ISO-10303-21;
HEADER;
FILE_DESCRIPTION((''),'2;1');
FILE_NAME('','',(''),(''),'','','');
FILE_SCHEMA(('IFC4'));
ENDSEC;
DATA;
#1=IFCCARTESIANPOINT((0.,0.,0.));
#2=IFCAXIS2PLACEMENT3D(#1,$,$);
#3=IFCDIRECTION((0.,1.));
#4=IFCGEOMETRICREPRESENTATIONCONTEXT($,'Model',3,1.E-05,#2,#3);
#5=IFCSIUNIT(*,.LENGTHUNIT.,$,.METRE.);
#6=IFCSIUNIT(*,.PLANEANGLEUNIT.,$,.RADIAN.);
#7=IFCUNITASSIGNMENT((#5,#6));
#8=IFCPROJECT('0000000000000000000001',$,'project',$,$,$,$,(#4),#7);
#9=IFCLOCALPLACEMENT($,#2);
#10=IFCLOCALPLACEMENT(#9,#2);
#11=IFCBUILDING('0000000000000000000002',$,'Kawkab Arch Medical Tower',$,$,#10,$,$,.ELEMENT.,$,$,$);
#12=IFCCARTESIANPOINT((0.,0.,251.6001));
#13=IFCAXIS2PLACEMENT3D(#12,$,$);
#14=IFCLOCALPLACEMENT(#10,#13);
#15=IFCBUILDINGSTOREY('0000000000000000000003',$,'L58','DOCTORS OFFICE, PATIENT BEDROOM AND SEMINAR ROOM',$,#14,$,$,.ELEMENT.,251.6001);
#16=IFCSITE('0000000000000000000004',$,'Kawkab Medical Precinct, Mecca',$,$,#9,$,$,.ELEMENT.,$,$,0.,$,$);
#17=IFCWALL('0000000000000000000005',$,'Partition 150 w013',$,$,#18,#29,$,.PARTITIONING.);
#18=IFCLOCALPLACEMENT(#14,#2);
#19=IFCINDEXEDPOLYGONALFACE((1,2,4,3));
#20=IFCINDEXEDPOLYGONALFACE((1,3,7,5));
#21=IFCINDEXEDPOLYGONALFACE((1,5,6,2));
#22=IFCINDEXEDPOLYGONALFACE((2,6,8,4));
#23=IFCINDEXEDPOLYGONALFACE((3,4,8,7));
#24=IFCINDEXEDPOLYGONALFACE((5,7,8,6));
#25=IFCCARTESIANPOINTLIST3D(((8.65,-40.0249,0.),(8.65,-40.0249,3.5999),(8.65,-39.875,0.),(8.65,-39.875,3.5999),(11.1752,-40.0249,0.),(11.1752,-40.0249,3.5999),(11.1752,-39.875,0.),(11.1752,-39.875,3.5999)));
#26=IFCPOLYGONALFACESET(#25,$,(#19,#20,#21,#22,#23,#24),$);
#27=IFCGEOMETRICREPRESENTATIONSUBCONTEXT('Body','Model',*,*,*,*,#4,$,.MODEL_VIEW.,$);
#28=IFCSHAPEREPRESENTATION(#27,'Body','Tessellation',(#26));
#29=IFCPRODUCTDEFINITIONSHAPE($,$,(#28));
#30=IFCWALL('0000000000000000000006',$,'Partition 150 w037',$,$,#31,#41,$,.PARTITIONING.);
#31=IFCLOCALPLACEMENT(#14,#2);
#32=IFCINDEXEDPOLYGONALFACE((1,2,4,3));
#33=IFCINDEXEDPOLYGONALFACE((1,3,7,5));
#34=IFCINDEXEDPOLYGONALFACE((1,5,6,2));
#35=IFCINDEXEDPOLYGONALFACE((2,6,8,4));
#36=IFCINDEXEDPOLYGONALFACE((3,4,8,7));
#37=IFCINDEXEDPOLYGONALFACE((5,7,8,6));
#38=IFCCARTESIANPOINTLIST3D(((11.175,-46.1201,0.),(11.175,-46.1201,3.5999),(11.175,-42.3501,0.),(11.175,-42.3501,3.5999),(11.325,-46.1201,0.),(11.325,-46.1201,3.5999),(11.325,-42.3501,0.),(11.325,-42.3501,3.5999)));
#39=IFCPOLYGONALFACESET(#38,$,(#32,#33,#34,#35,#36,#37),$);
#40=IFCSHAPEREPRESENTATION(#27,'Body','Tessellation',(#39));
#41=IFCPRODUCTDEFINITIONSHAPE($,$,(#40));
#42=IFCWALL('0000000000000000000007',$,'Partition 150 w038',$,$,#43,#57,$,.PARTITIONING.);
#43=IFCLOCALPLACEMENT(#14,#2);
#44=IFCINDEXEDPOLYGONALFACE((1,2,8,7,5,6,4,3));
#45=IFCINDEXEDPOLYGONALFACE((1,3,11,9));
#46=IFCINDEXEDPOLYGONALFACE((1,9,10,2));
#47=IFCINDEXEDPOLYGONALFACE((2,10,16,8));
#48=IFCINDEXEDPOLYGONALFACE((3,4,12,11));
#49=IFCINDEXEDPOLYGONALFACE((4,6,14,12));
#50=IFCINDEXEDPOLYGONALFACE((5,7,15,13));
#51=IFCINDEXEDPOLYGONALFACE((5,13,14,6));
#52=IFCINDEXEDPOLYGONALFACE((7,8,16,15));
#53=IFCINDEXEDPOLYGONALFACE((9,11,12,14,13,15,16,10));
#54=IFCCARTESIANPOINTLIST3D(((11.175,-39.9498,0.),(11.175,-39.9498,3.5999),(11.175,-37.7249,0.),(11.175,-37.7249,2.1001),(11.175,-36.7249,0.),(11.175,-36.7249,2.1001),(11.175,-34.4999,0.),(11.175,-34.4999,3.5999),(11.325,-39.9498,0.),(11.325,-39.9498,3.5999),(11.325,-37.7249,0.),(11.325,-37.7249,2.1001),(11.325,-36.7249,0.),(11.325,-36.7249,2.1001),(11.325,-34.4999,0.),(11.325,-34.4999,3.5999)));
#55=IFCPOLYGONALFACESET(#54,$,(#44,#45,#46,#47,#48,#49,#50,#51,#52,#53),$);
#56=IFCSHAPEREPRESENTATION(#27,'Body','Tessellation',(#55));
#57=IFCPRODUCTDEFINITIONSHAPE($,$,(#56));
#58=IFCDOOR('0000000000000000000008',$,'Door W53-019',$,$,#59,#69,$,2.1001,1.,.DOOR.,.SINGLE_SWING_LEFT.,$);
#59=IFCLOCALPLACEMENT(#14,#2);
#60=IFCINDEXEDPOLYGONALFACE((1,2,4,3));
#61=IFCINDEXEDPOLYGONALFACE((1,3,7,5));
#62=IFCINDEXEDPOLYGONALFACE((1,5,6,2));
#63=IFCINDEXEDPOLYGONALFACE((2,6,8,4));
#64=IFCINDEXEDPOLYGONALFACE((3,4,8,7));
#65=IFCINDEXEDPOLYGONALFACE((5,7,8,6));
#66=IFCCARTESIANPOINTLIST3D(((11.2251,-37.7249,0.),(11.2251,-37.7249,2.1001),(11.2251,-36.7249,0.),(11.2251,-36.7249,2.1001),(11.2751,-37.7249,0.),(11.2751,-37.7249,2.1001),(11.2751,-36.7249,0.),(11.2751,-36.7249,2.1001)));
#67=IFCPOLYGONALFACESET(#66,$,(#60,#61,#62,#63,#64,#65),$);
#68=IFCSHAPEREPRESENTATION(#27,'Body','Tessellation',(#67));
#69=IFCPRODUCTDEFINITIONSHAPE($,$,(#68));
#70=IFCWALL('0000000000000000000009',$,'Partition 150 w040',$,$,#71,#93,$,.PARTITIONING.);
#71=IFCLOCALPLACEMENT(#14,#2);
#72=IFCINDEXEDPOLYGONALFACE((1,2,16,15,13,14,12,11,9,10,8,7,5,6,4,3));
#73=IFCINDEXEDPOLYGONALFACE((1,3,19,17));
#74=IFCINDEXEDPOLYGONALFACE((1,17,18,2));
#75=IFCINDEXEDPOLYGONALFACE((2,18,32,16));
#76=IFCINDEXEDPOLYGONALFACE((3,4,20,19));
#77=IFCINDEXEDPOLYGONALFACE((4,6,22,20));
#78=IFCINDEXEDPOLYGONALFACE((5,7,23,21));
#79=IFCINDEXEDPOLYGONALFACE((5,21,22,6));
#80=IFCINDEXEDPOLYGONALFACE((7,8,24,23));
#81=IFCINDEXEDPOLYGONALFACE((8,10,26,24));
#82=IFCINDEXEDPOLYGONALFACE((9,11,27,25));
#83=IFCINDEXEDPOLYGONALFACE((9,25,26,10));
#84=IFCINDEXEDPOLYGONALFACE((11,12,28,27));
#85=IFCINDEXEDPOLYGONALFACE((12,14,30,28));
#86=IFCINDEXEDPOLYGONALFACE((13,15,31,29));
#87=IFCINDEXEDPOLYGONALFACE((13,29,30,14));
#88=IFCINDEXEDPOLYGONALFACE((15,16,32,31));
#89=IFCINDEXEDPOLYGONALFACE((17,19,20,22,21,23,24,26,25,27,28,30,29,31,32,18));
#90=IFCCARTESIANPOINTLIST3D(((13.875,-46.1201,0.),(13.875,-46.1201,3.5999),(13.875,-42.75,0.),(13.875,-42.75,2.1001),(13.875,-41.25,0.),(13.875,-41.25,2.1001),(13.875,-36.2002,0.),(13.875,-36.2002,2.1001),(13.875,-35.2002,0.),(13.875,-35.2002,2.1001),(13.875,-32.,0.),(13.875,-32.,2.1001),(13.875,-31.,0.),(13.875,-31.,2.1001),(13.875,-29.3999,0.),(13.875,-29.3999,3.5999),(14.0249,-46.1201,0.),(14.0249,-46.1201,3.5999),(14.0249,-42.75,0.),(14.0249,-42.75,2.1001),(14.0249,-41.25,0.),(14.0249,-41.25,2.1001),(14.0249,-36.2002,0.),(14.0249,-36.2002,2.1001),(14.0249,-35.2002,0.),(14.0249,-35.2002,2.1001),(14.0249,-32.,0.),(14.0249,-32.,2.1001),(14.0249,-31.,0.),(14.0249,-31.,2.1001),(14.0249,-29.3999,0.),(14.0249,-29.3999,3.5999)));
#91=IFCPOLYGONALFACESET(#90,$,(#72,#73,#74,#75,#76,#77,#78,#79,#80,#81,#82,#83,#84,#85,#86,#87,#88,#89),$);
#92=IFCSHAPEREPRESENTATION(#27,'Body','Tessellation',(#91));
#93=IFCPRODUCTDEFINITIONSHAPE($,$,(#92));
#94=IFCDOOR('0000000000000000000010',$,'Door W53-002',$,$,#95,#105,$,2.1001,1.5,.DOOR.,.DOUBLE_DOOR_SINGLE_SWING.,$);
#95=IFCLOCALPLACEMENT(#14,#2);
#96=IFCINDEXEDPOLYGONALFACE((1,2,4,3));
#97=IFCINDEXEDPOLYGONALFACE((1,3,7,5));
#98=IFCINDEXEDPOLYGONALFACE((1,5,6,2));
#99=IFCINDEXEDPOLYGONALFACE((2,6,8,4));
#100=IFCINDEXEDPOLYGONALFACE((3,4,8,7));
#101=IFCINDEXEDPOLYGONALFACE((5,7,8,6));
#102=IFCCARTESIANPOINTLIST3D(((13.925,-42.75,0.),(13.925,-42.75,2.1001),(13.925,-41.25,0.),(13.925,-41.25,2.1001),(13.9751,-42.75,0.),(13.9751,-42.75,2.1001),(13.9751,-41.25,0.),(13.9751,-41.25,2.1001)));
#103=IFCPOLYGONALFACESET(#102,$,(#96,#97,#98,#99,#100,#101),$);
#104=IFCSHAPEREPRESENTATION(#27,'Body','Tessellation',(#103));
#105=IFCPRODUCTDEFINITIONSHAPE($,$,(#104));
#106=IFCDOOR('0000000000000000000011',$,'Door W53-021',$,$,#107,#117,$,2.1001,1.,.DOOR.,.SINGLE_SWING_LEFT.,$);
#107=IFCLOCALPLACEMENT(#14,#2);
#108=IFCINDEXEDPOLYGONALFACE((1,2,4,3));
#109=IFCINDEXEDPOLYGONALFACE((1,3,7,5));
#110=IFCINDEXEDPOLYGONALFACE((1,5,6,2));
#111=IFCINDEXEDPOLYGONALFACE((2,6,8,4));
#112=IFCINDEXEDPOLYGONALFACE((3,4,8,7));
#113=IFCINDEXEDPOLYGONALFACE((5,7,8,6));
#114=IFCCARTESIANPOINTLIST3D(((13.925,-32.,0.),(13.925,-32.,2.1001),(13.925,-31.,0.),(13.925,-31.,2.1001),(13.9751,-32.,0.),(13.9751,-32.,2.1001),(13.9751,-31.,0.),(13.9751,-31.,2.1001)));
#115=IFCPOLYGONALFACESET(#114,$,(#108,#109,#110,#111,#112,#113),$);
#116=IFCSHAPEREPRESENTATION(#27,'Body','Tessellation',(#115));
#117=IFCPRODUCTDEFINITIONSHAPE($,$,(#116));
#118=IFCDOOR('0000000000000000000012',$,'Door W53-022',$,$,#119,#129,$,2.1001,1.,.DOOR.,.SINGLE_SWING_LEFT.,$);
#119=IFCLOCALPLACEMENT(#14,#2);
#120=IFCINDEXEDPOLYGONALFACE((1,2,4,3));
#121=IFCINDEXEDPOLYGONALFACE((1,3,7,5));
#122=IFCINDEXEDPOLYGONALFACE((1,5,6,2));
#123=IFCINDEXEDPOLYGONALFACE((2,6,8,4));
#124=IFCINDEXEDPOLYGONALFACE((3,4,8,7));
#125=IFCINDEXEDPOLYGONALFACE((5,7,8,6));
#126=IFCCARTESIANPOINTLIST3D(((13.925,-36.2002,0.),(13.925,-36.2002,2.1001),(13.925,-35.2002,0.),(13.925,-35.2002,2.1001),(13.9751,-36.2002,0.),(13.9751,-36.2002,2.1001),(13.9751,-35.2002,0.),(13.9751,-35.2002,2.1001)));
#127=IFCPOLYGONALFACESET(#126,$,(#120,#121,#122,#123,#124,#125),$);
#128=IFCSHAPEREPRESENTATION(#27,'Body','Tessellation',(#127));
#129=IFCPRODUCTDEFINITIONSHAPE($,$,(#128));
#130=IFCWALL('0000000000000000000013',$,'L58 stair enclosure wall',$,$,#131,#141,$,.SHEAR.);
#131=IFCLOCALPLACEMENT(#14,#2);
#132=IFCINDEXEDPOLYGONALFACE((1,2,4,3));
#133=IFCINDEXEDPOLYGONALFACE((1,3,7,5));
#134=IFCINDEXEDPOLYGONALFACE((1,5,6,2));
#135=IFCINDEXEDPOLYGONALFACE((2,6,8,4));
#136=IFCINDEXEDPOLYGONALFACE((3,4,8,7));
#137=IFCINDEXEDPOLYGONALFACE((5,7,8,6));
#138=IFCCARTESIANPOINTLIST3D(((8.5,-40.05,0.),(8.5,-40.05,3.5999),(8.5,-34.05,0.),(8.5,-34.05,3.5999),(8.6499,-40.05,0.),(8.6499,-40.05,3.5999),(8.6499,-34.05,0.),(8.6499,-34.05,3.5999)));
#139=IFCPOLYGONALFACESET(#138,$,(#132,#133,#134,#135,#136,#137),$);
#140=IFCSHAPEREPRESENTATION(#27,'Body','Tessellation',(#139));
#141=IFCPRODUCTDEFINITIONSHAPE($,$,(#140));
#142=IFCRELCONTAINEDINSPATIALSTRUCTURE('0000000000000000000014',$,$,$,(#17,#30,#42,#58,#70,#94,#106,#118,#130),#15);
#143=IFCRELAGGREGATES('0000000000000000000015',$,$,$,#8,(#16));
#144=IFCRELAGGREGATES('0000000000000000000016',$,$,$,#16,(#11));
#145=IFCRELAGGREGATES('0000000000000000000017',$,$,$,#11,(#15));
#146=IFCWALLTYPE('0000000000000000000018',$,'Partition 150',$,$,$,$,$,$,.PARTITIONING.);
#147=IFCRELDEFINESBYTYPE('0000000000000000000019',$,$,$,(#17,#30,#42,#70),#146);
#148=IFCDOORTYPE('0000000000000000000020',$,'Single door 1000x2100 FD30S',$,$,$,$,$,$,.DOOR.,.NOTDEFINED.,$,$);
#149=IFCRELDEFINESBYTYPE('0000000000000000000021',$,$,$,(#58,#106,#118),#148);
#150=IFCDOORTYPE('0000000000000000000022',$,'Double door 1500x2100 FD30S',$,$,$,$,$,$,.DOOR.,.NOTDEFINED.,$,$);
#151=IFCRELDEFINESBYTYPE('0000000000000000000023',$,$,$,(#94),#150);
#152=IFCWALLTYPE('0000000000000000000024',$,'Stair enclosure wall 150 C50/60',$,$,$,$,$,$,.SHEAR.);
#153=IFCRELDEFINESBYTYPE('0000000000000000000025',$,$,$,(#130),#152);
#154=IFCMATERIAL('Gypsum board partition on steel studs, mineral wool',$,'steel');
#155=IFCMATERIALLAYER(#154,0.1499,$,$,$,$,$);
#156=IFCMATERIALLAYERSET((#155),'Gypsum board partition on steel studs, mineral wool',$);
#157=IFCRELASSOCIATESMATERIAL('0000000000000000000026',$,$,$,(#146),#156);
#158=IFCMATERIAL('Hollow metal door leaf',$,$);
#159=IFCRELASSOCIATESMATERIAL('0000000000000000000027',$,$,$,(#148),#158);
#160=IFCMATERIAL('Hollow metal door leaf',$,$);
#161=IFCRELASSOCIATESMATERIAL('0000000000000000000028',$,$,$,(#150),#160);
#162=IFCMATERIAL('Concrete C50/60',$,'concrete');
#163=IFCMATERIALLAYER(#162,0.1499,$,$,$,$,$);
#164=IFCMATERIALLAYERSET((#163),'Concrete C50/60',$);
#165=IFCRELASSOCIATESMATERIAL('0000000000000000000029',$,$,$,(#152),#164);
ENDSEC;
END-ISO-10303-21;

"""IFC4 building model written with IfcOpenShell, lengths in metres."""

from ifc_helpers import new_model, si_unit, direction, frame, frame_2d, origin, place, context, subcontext, project, spatial, rectangle, extrude, material, layer, layer_set, type_object, element, fill, save


model = new_model("IFC4")

# Units and contexts
model_context = context("Model", 3, precision=1e-05, world=origin(), true_north=direction((0.0, 1.0)))
body_context = subcontext(model_context, "Body", "Model", "MODEL_VIEW")
ifc_project = project(units=[si_unit("LENGTHUNIT", "METRE"), si_unit("PLANEANGLEUNIT", "RADIAN")], contexts=[model_context])

# Site, building, storey
site_placement = place(None, origin())
site = spatial("IfcSite", under=ifc_project, at=site_placement, Name="Kawkab Medical Precinct, Mecca", CompositionType="ELEMENT", RefElevation=0.0)
building_placement = place(site_placement, origin())
building = spatial("IfcBuilding", under=site, at=building_placement, Name="Kawkab Arch Medical Tower", CompositionType="ELEMENT")
storey_placement = place(building_placement, frame((0.0, 0.0, 251.6001)))
storey = spatial("IfcBuildingStorey", under=building, at=storey_placement, Name="L58", Description="DOCTORS OFFICE, PATIENT BEDROOM AND SEMINAR ROOM", CompositionType="ELEMENT", Elevation=251.6001)

# Walls
ifc_material_1 = material(Name="Gypsum board partition on steel studs, mineral wool", Category="steel")
ifc_layer_1 = layer(ifc_material_1, 0.1499)
ifc_layer_set_1 = layer_set([ifc_layer_1], Name="Gypsum board partition on steel studs, mineral wool")
wall_type_1 = type_object("IfcWallType", Name="Partition 150", PredefinedType="PARTITIONING", material=ifc_layer_set_1)
wall_1_placement = place(storey_placement, frame((8.6499, -39.95, 0.0), z_axis=(0.0, 0.0, 1.0), x_axis=(1.0, 0.0, 0.0)))
element("IfcWall", 1, at=wall_1_placement, inside=storey, type_object=wall_type_1, Name="Partition 150 w013", PredefinedType="PARTITIONING", context=body_context, shape_type="SweptSolid", body=[
    extrude(rectangle(XDim=2.5251, YDim=0.1499, at=frame_2d((1.2627, 0.0))), origin(), (0.0, 0.0, 1.0), 3.5999),
])
wall_2_placement = place(storey_placement, frame((11.25, -46.1201, 0.0), z_axis=(0.0, 0.0, 1.0), x_axis=(0.0, 1.0, 0.0)))
element("IfcWall", 2, at=wall_2_placement, inside=storey, type_object=wall_type_1, Name="Partition 150 w037", PredefinedType="PARTITIONING", context=body_context, shape_type="SweptSolid", body=[
    extrude(rectangle(XDim=3.77, YDim=0.1499, at=frame_2d((1.885, 0.0))), origin(), (0.0, 0.0, 1.0), 3.5999),
])

# Wall, opening, door
wall_3_placement = place(storey_placement, frame((11.25, -39.95, 0.0), z_axis=(0.0, 0.0, 1.0), x_axis=(0.0, 1.0, 0.0)))
wall_3 = element("IfcWall", 3, at=wall_3_placement, inside=storey, type_object=wall_type_1, Name="Partition 150 w038", PredefinedType="PARTITIONING", context=body_context, shape_type="SweptSolid", body=[
    extrude(rectangle(XDim=5.45, YDim=0.1499, at=frame_2d((2.7251, 0.0))), origin(), (0.0, 0.0, 1.0), 3.5999),
])
opening_1_placement = place(wall_3_placement, frame((2.2251, 0.0, 0.0)))
opening_1 = element("IfcOpeningElement", 4, at=opening_1_placement, cuts=wall_3, PredefinedType="OPENING", context=body_context, shape_type="SweptSolid", body=[
    extrude(rectangle(XDim=1.0, YDim=2.1001, at=frame_2d((0.5, 1.05))), frame((0.0, 0.085, 0.0), z_axis=(0.0, -1.0, 0.0), x_axis=(1.0, 0.0, 0.0)), (0.0, 0.0, 1.0), 0.1699),
])
ifc_material_2 = material(Name="Hollow metal door leaf")
door_type_1 = type_object("IfcDoorType", Name="Single door 1000x2100 FD30S", OperationType="NOTDEFINED", PredefinedType="DOOR", material=ifc_material_2)
door_1_placement = place(opening_1_placement, origin())
door_1 = element("IfcDoor", 5, at=door_1_placement, inside=storey, type_object=door_type_1, Name="Door W53-019", OperationType="SINGLE_SWING_LEFT", OverallHeight=2.1001, OverallWidth=1.0, PredefinedType="DOOR", context=body_context, shape_type="SweptSolid", body=[
    extrude(rectangle(XDim=1.0, YDim=2.1001, at=frame_2d((0.5, 1.05))), frame((0.0, 0.0249, 0.0), z_axis=(0.0, -1.0, 0.0), x_axis=(1.0, 0.0, 0.0)), (0.0, 0.0, 1.0), 0.05),
])
fill(opening_1, door_1)

# Wall, openings, doors
wall_4_placement = place(storey_placement, frame((13.95, -46.1201, 0.0), z_axis=(0.0, 0.0, 1.0), x_axis=(0.0, 1.0, 0.0)))
wall_4 = element("IfcWall", 6, at=wall_4_placement, inside=storey, type_object=wall_type_1, Name="Partition 150 w040", PredefinedType="PARTITIONING", context=body_context, shape_type="SweptSolid", body=[
    extrude(rectangle(XDim=16.7202, YDim=0.1499, at=frame_2d((8.3601, 0.0))), origin(), (0.0, 0.0, 1.0), 3.5999),
])
opening_2_placement = place(wall_4_placement, frame((14.1201, 0.0, 0.0)))
opening_2 = element("IfcOpeningElement", 7, at=opening_2_placement, cuts=wall_4, PredefinedType="OPENING", context=body_context, shape_type="SweptSolid", body=[
    extrude(rectangle(XDim=1.0, YDim=2.1001, at=frame_2d((0.5, 1.05))), frame((0.0, 0.085, 0.0), z_axis=(0.0, -1.0, 0.0), x_axis=(1.0, 0.0, 0.0)), (0.0, 0.0, 1.0), 0.1699),
])
opening_3_placement = place(wall_4_placement, frame((9.9199, 0.0, 0.0)))
opening_3 = element("IfcOpeningElement", 8, at=opening_3_placement, cuts=wall_4, PredefinedType="OPENING", context=body_context, shape_type="SweptSolid", body=[
    extrude(rectangle(XDim=1.0, YDim=2.1001, at=frame_2d((0.5, 1.05))), frame((0.0, 0.085, 0.0), z_axis=(0.0, -1.0, 0.0), x_axis=(1.0, 0.0, 0.0)), (0.0, 0.0, 1.0), 0.1699),
])
opening_4_placement = place(wall_4_placement, frame((3.3701, 0.0, 0.0)))
opening_4 = element("IfcOpeningElement", 9, at=opening_4_placement, cuts=wall_4, PredefinedType="OPENING", context=body_context, shape_type="SweptSolid", body=[
    extrude(rectangle(XDim=1.5, YDim=2.1001, at=frame_2d((0.75, 1.05))), frame((0.0, 0.085, 0.0), z_axis=(0.0, -1.0, 0.0), x_axis=(1.0, 0.0, 0.0)), (0.0, 0.0, 1.0), 0.1699),
])
ifc_material_3 = material(Name="Hollow metal door leaf")
door_type_2 = type_object("IfcDoorType", Name="Double door 1500x2100 FD30S", OperationType="NOTDEFINED", PredefinedType="DOOR", material=ifc_material_3)
door_2_placement = place(opening_4_placement, origin())
door_2 = element("IfcDoor", 10, at=door_2_placement, inside=storey, type_object=door_type_2, Name="Door W53-002", OperationType="DOUBLE_DOOR_SINGLE_SWING", OverallHeight=2.1001, OverallWidth=1.5, PredefinedType="DOOR", context=body_context, shape_type="SweptSolid", body=[
    extrude(rectangle(XDim=1.5, YDim=2.1001, at=frame_2d((0.75, 1.05))), frame((0.0, 0.0249, 0.0), z_axis=(0.0, -1.0, 0.0), x_axis=(1.0, 0.0, 0.0)), (0.0, 0.0, 1.0), 0.05),
])
fill(opening_4, door_2)
door_3_placement = place(opening_2_placement, origin())
door_3 = element("IfcDoor", 11, at=door_3_placement, inside=storey, type_object=door_type_1, Name="Door W53-021", OperationType="SINGLE_SWING_LEFT", OverallHeight=2.1001, OverallWidth=1.0, PredefinedType="DOOR", context=body_context, shape_type="SweptSolid", body=[
    extrude(rectangle(XDim=1.0, YDim=2.1001, at=frame_2d((0.5, 1.05))), frame((0.0, 0.0249, 0.0), z_axis=(0.0, -1.0, 0.0), x_axis=(1.0, 0.0, 0.0)), (0.0, 0.0, 1.0), 0.05),
])
fill(opening_2, door_3)
door_4_placement = place(opening_3_placement, origin())
door_4 = element("IfcDoor", 12, at=door_4_placement, inside=storey, type_object=door_type_1, Name="Door W53-022", OperationType="SINGLE_SWING_LEFT", OverallHeight=2.1001, OverallWidth=1.0, PredefinedType="DOOR", context=body_context, shape_type="SweptSolid", body=[
    extrude(rectangle(XDim=1.0, YDim=2.1001, at=frame_2d((0.5, 1.05))), frame((0.0, 0.0249, 0.0), z_axis=(0.0, -1.0, 0.0), x_axis=(1.0, 0.0, 0.0)), (0.0, 0.0, 1.0), 0.05),
])
fill(opening_3, door_4)

# Wall
ifc_material_4 = material(Name="Concrete C50/60", Category="concrete")
ifc_layer_2 = layer(ifc_material_4, 0.1499)
ifc_layer_set_2 = layer_set([ifc_layer_2], Name="Concrete C50/60")
wall_type_2 = type_object("IfcWallType", Name="Stair enclosure wall 150 C50/60", PredefinedType="SHEAR", material=ifc_layer_set_2)
wall_5_placement = place(storey_placement, frame((8.575, -40.05, 0.0), z_axis=(0.0, 0.0, 1.0), x_axis=(0.0, 1.0, 0.0)))
element("IfcWall", 13, at=wall_5_placement, inside=storey, type_object=wall_type_2, Name="L58 stair enclosure wall", PredefinedType="SHEAR", context=body_context, shape_type="SweptSolid", body=[
    extrude(rectangle(XDim=6.0, YDim=0.1499, at=frame_2d((3.0, 0.0))), origin(), (0.0, 0.0, 1.0), 3.5999),
])

save(model, "model.ifc")
